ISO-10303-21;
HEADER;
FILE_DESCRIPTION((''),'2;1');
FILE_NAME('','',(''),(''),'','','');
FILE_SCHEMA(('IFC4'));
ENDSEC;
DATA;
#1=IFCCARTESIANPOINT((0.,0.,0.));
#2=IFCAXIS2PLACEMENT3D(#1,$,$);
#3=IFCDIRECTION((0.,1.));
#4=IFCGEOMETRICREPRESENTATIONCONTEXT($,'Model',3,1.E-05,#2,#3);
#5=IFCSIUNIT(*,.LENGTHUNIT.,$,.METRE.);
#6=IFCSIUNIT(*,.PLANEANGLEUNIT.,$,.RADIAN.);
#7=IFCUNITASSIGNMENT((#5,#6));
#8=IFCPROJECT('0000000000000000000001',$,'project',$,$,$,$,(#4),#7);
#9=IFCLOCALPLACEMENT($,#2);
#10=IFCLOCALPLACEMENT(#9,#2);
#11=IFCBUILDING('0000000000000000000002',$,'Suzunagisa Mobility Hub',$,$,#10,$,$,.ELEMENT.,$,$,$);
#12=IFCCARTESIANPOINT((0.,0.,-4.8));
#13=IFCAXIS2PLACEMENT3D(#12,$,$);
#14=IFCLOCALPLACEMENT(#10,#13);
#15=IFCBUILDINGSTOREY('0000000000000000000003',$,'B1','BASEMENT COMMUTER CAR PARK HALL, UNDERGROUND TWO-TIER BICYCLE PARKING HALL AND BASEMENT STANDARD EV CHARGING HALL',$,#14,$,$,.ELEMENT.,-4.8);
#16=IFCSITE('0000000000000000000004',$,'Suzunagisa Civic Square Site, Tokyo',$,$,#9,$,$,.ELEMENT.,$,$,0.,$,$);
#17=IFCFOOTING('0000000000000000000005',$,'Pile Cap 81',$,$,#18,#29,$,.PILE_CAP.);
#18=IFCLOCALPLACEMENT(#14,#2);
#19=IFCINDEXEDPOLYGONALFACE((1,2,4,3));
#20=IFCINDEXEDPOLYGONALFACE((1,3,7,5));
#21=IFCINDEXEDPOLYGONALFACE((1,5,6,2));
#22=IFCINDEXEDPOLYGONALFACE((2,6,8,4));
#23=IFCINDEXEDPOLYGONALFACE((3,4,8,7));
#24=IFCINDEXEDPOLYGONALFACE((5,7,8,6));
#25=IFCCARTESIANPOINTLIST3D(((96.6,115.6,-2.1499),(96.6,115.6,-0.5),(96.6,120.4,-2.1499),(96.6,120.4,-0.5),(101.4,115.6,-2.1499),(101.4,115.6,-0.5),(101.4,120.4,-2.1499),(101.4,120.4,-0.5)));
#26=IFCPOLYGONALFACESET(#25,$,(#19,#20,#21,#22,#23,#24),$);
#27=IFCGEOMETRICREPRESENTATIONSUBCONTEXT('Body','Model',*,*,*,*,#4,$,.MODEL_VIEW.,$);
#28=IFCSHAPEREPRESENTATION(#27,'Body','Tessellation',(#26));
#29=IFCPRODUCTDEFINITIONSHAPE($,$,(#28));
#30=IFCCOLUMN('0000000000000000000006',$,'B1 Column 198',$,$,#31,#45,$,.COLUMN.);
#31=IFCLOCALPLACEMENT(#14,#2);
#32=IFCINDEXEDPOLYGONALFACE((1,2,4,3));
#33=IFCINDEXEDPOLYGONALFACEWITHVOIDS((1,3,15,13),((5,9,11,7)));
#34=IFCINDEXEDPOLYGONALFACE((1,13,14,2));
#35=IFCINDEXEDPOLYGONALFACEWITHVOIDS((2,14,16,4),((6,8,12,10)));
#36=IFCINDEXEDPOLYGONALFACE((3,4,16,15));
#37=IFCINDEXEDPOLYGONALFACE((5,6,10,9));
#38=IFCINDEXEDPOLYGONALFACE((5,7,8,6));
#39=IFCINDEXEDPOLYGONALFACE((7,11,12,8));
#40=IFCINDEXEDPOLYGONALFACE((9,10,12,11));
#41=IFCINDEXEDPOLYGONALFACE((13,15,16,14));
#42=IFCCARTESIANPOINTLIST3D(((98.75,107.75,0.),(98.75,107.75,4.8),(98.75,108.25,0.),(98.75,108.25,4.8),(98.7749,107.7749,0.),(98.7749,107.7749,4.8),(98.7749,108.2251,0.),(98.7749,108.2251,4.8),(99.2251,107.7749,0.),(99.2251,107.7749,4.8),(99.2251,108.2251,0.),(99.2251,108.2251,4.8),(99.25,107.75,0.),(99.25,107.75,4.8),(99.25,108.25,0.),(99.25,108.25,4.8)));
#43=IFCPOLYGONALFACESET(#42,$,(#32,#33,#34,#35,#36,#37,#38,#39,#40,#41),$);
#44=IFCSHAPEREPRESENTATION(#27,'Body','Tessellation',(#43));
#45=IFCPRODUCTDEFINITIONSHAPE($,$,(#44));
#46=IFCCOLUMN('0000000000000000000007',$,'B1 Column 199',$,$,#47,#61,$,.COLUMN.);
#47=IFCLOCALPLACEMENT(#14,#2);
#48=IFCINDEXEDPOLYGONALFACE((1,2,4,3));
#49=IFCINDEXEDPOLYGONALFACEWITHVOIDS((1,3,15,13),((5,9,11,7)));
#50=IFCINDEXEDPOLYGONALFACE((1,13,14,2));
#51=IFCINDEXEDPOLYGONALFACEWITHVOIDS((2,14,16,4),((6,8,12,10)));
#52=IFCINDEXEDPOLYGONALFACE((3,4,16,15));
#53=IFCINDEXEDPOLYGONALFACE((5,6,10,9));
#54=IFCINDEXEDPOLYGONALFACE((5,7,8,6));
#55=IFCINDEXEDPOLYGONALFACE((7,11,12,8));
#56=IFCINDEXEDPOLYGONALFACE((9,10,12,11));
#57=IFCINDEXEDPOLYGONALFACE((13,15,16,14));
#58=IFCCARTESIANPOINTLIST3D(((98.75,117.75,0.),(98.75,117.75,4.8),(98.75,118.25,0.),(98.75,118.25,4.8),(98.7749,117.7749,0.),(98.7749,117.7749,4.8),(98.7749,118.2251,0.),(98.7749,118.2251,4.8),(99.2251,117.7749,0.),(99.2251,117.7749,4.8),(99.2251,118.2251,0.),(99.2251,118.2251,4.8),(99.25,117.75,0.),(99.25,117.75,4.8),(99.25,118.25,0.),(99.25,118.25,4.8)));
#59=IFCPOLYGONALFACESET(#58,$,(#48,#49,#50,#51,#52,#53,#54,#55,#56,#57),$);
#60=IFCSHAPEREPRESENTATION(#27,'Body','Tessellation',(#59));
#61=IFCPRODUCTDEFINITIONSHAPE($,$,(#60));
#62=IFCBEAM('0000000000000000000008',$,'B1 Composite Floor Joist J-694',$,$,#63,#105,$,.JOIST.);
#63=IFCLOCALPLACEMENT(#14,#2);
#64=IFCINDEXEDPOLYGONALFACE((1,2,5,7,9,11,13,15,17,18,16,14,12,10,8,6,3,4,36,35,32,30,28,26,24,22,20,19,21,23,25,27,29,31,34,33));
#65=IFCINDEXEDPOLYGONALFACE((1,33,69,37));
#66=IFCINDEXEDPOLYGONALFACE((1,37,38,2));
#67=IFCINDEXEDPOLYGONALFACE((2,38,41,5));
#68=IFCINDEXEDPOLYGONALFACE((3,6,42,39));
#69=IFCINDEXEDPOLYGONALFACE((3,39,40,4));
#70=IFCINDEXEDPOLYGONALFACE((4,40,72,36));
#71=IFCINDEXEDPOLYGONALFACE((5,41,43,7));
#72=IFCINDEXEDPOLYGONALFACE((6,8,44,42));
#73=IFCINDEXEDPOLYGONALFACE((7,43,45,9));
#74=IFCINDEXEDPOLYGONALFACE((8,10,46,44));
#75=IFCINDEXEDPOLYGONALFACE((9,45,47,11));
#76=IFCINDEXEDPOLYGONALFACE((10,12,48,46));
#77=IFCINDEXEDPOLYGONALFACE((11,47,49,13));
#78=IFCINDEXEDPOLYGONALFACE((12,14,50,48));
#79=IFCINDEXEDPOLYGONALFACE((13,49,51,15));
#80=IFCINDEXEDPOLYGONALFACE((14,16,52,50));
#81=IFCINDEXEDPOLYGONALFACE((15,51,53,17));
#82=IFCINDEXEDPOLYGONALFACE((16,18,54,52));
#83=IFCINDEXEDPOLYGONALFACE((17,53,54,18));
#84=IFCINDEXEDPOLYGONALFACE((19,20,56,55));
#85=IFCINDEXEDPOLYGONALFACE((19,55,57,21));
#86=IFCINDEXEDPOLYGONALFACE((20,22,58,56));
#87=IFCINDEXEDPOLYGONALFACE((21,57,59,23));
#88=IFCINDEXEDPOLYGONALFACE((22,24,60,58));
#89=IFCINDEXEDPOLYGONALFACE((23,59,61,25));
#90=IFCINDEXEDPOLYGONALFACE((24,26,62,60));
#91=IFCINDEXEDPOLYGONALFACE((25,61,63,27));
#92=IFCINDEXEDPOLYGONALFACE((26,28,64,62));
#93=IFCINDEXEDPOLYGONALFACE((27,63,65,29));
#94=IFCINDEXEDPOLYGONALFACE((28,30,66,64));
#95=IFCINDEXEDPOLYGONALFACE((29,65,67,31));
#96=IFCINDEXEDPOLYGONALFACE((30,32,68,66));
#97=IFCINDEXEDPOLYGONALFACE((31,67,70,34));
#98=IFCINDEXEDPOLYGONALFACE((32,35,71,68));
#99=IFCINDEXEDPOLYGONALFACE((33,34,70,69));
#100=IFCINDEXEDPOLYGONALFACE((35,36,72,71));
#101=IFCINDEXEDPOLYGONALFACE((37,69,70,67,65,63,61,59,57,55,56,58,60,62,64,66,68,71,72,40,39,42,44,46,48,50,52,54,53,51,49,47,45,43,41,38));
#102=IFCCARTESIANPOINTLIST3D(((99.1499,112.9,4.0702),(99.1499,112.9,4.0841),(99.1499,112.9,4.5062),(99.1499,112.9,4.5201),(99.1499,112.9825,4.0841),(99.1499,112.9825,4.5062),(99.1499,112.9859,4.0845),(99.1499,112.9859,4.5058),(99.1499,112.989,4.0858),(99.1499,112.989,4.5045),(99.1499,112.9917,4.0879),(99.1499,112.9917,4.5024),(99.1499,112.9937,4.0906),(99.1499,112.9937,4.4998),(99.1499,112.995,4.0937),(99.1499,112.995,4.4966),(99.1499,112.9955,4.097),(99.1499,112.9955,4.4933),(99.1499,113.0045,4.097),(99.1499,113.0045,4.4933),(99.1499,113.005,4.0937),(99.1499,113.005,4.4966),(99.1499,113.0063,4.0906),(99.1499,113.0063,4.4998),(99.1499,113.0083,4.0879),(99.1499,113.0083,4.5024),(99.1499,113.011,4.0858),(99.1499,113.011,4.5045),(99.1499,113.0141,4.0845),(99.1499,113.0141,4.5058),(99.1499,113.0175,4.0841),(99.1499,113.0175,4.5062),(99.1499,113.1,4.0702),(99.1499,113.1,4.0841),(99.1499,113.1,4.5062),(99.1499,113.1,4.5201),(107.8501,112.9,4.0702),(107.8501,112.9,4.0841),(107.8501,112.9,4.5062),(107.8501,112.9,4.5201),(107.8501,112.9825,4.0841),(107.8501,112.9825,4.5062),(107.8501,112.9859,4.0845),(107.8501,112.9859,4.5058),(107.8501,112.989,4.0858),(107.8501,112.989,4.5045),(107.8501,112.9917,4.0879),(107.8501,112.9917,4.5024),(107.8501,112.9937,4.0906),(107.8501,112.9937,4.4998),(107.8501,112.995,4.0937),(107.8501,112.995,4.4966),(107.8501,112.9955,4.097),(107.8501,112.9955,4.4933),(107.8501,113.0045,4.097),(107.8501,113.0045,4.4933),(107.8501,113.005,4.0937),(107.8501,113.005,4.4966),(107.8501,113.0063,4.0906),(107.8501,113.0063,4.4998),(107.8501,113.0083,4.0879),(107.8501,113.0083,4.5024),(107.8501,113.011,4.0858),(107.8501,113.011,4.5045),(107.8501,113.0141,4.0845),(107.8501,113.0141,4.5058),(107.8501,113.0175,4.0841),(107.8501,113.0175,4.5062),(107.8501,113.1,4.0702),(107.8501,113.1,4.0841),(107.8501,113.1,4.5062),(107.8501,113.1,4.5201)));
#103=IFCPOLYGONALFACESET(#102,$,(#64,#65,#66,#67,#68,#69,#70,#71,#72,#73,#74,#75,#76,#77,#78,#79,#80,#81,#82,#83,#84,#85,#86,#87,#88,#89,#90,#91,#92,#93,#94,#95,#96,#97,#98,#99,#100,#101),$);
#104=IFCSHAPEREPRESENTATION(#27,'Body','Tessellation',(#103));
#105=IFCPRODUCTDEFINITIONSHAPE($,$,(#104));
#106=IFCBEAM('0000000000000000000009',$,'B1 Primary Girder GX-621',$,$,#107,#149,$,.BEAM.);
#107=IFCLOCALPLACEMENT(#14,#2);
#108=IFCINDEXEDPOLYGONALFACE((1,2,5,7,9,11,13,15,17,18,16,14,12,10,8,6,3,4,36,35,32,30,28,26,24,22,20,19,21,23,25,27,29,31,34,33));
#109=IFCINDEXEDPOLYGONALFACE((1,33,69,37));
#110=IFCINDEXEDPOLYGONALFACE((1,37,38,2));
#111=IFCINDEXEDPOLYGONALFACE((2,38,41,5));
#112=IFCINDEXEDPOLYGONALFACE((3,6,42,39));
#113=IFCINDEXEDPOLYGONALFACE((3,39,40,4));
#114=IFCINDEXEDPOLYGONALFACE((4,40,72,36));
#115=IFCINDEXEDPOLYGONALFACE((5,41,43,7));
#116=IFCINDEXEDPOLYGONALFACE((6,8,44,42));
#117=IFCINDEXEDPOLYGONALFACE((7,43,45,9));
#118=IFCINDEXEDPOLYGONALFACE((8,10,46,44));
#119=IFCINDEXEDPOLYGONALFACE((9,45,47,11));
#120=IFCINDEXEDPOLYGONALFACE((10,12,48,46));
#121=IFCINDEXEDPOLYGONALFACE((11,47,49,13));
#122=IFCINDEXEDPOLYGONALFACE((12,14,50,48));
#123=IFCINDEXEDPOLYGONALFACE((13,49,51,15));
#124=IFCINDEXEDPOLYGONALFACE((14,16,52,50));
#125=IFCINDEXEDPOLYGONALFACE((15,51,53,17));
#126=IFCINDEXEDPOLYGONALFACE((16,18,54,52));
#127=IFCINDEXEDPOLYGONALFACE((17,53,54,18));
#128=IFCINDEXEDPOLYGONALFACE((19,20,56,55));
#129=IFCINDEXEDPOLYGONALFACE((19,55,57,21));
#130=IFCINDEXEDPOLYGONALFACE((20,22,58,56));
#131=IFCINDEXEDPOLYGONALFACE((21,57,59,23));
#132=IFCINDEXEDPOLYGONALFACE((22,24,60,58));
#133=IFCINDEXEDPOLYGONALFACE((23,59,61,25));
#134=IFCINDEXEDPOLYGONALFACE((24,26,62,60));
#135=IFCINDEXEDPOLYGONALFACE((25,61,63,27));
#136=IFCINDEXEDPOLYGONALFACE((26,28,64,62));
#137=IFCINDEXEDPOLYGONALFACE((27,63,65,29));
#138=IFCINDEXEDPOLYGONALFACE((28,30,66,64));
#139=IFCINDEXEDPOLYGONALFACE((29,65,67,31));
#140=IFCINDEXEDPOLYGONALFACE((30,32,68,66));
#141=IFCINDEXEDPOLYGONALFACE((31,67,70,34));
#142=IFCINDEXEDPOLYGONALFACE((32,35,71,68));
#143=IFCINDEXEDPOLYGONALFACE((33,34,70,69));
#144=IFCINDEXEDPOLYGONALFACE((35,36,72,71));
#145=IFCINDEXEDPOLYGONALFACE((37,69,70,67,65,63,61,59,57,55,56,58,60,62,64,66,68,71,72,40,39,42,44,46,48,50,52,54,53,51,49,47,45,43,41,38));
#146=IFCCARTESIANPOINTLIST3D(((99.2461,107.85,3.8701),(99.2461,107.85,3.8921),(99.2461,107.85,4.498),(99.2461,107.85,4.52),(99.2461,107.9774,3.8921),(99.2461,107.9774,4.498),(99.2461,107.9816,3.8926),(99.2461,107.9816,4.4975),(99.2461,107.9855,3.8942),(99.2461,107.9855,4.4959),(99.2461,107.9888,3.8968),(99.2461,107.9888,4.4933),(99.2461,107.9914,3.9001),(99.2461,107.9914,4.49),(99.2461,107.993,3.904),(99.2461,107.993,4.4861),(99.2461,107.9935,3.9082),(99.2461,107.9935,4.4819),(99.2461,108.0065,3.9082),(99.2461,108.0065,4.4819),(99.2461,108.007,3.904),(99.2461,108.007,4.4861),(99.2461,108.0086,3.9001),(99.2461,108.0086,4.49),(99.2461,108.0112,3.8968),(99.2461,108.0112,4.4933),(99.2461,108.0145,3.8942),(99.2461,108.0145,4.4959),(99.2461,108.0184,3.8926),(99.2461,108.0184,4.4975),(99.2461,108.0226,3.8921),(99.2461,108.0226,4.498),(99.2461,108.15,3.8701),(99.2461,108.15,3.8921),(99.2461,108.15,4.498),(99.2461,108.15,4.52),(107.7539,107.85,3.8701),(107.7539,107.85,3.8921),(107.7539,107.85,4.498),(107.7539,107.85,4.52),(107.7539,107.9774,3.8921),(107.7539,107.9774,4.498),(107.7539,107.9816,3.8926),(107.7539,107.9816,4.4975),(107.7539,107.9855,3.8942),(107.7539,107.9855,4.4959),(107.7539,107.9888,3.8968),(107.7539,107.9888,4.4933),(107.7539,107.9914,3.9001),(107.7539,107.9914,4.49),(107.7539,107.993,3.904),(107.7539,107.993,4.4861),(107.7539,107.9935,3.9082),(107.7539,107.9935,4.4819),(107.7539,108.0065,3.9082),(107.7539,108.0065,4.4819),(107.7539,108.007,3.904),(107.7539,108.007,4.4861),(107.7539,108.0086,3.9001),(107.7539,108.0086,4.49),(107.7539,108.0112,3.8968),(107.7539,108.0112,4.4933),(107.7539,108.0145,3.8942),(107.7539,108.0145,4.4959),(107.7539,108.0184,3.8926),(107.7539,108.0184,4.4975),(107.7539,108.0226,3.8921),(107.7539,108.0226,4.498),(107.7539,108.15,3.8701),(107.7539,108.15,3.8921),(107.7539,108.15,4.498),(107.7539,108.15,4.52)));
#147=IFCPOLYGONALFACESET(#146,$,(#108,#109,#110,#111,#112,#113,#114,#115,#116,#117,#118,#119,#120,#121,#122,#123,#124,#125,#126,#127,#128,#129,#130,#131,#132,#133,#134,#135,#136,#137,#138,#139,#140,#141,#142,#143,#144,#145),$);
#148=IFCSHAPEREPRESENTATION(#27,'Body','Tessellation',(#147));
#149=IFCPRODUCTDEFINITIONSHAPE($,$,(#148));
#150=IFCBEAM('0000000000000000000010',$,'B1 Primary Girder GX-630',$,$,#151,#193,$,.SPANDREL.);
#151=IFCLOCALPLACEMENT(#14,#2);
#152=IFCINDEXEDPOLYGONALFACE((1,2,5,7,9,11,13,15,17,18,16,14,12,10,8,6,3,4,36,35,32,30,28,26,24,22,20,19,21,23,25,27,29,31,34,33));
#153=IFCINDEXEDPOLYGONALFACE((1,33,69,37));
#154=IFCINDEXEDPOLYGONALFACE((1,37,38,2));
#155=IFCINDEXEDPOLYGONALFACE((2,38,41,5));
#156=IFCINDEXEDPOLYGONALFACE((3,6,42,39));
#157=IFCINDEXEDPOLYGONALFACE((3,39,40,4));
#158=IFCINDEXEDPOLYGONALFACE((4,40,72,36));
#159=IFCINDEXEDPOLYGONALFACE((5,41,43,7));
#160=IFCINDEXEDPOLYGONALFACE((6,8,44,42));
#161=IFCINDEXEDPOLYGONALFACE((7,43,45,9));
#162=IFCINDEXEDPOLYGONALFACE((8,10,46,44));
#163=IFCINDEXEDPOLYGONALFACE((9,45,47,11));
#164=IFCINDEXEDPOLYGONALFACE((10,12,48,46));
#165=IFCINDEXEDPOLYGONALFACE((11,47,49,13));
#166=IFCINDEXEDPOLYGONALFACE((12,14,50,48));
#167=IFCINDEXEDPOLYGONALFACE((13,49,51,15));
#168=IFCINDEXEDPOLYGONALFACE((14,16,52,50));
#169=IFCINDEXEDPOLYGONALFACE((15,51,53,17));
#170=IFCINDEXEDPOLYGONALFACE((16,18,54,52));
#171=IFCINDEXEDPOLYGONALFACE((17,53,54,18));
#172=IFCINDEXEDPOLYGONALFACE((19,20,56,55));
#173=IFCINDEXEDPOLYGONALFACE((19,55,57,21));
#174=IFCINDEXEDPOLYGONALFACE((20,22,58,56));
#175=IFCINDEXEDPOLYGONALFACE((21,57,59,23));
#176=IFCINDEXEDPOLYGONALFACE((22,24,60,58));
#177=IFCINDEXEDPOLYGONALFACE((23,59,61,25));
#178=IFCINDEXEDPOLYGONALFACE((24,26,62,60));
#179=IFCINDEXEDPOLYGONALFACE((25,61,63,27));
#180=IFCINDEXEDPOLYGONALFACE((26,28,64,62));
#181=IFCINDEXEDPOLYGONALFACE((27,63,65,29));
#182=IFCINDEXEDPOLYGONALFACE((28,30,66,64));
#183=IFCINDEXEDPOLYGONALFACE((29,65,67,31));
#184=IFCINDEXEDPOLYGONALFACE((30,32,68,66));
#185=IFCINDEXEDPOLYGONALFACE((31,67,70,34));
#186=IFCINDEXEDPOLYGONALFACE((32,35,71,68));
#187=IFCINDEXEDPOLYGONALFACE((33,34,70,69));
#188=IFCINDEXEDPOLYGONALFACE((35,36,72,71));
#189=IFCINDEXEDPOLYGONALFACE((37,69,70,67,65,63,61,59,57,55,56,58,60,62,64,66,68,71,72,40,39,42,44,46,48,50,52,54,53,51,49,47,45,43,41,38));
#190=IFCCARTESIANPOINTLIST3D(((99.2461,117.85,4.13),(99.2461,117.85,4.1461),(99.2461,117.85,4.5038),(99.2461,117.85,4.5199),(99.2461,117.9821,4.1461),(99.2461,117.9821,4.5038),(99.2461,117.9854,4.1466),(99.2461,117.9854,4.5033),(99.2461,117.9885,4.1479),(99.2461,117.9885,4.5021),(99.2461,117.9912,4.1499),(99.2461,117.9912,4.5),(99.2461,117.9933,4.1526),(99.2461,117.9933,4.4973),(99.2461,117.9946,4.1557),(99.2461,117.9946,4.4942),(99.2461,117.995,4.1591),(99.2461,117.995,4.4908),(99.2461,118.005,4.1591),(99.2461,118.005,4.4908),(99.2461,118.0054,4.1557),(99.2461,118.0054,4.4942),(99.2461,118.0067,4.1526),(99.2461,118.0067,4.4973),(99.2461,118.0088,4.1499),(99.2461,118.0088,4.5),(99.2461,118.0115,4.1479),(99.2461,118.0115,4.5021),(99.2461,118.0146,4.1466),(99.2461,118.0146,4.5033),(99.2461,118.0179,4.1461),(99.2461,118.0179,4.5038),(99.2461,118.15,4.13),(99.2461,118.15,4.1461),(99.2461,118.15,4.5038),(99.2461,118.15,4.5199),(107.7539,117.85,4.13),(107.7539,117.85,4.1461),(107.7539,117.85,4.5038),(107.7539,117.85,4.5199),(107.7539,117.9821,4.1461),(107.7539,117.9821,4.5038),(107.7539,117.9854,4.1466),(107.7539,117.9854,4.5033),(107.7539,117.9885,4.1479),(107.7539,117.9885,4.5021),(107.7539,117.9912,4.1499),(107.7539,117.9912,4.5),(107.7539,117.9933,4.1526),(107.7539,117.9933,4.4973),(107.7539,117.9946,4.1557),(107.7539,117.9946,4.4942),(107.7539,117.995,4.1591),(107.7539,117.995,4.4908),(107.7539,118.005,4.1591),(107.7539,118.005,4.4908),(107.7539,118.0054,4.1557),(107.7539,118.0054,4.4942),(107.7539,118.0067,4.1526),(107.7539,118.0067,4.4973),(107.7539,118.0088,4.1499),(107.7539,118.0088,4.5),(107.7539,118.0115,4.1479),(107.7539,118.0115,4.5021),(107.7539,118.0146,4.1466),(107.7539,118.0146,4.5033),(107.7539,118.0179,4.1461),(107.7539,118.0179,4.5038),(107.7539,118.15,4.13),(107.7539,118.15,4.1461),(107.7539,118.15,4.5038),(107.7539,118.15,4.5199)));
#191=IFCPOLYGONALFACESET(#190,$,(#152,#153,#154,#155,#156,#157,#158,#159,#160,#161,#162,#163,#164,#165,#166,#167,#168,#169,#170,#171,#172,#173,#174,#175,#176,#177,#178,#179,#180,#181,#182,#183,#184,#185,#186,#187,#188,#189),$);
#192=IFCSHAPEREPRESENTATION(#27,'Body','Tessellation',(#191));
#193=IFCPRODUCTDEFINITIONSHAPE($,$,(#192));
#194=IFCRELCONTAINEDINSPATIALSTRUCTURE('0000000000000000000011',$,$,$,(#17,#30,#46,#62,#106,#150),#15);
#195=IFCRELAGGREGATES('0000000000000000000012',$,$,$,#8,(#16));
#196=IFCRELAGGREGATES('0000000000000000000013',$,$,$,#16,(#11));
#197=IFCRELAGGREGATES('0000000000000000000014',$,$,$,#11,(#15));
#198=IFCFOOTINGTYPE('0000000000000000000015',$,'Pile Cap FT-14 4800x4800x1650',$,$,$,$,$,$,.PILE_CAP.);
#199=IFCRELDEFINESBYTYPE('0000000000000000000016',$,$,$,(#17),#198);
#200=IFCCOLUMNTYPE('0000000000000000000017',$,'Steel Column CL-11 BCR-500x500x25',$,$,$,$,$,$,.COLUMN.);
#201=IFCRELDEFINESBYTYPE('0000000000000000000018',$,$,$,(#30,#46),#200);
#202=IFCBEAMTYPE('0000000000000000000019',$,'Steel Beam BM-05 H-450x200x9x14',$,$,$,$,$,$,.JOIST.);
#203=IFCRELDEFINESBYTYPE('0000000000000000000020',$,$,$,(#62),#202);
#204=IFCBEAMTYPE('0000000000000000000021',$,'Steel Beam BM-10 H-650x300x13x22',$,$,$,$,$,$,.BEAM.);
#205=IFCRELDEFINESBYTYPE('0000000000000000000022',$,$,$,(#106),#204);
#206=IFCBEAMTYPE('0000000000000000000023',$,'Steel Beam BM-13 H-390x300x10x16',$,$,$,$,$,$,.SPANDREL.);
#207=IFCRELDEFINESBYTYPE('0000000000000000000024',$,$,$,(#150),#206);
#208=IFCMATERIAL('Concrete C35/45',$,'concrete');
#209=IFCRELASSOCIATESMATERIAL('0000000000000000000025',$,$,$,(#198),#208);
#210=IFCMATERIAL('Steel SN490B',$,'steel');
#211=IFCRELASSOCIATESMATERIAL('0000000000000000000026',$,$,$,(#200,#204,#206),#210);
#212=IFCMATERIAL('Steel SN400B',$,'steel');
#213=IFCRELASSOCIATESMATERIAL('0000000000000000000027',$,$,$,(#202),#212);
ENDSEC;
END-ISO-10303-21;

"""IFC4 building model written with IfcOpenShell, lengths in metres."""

from ifc_helpers import new_model, si_unit, direction, frame, origin, origin_2d, place, context, subcontext, project, spatial, rectangle, hollow_rectangle, i_section, extrude, material, material_profile, profile_set, type_object, element, save


model = new_model("IFC4")

# Units and contexts
model_context = context("Model", 3, precision=1e-05, world=origin(), true_north=direction((0.0, 1.0)))
body_context = subcontext(model_context, "Body", "Model", "MODEL_VIEW")
ifc_project = project(units=[si_unit("LENGTHUNIT", "METRE"), si_unit("PLANEANGLEUNIT", "RADIAN")], contexts=[model_context])

# Site, building, storey
site_placement = place(None, origin())
site = spatial("IfcSite", under=ifc_project, at=site_placement, Name="Suzunagisa Civic Square Site, Tokyo", CompositionType="ELEMENT", RefElevation=0.0)
building_placement = place(site_placement, origin())
building = spatial("IfcBuilding", under=site, at=building_placement, Name="Suzunagisa Mobility Hub", CompositionType="ELEMENT")
storey_placement = place(building_placement, frame((0.0, 0.0, -4.8)))
storey = spatial("IfcBuildingStorey", under=building, at=storey_placement, Name="B1", Description="BASEMENT COMMUTER CAR PARK HALL, UNDERGROUND TWO-TIER BICYCLE PARKING HALL AND BASEMENT STANDARD EV CHARGING HALL", CompositionType="ELEMENT", Elevation=-4.8)

# Footing
ifc_material_1 = material(Name="Concrete C35/45", Category="concrete")
footing_type = type_object("IfcFootingType", Name="Pile Cap FT-14 4800x4800x1650", PredefinedType="PILE_CAP", material=ifc_material_1)
footing_placement = place(storey_placement, frame((99.0, 118.0, -2.1499), z_axis=(0.0, 0.0, 1.0), x_axis=(1.0, 0.0, 0.0)))
element("IfcFooting", 1, at=footing_placement, inside=storey, type_object=footing_type, Name="Pile Cap 81", PredefinedType="PILE_CAP", context=body_context, shape_type="SweptSolid", body=[
    extrude(rectangle(XDim=4.8, YDim=4.8, at=origin_2d()), origin(), (0.0, 0.0, 1.0), 1.6499),
])

# Columns
ifc_material_2 = material(Name="Steel SN490B", Category="steel")
ifc_material_profile_1 = material_profile(ifc_material_2, hollow_rectangle(XDim=0.5, YDim=0.5, WallThickness=0.0249, at=origin_2d()), Name="BCR-500x500x25")
ifc_profile_set_1 = profile_set([ifc_material_profile_1], Name="Steel SN490B")
column_type = type_object("IfcColumnType", Name="Steel Column CL-11 BCR-500x500x25", PredefinedType="COLUMN", material=ifc_profile_set_1)
for number, where, z_axis, x_axis, name in (
    (2, (99.0, 108.0, 0.0), (0.0, 0.0, 1.0), (1.0, 0.0, 0.0), "B1 Column 198"),
    (3, (99.0, 118.0, 0.0), (0.0, 0.0, 1.0), (1.0, 0.0, 0.0), "B1 Column 199"),
):
    element("IfcColumn", number, at=place(storey_placement, frame(where, z_axis=z_axis, x_axis=x_axis)), inside=storey, type_object=column_type, Name=name, PredefinedType="COLUMN", context=body_context, shape_type="SweptSolid", body=[
        extrude(hollow_rectangle(XDim=0.5, YDim=0.5, WallThickness=0.0249, at=origin_2d()), origin(), (0.0, 0.0, 1.0), 4.8),
    ])

# Beams
ifc_material_3 = material(Name="Steel SN400B", Category="steel")
ifc_material_profile_2 = material_profile(ifc_material_3, i_section(OverallWidth=0.2, OverallDepth=0.45, WebThickness=0.009, FlangeThickness=0.0139, FilletRadius=0.0129, at=origin_2d()), Name="H-450x200x9x14")
ifc_profile_set_2 = profile_set([ifc_material_profile_2], Name="Steel SN400B")
beam_type_1 = type_object("IfcBeamType", Name="Steel Beam BM-05 H-450x200x9x14", PredefinedType="JOIST", material=ifc_profile_set_2)
beam_1_placement = place(storey_placement, frame((99.1499, 113.0, 4.2952), z_axis=(1.0, 0.0, 0.0), x_axis=(0.0, 1.0, 0.0)))
element("IfcBeam", 4, at=beam_1_placement, inside=storey, type_object=beam_type_1, Name="B1 Composite Floor Joist J-694", PredefinedType="JOIST", context=body_context, shape_type="SweptSolid", body=[
    extrude(i_section(OverallWidth=0.2, OverallDepth=0.45, WebThickness=0.009, FlangeThickness=0.0139, FilletRadius=0.0129, at=origin_2d()), origin(), (0.0, 0.0, 1.0), 8.7002),
])
ifc_material_profile_3 = material_profile(ifc_material_2, i_section(OverallWidth=0.3, OverallDepth=0.6499, WebThickness=0.0129, FlangeThickness=0.022, FilletRadius=0.0161, at=origin_2d()), Name="H-650x300x13x22")
ifc_profile_set_3 = profile_set([ifc_material_profile_3], Name="Steel SN490B")
beam_type_2 = type_object("IfcBeamType", Name="Steel Beam BM-10 H-650x300x13x22", PredefinedType="BEAM", material=ifc_profile_set_3)
beam_2_placement = place(storey_placement, frame((99.2461, 108.0, 4.1951), z_axis=(1.0, 0.0, 0.0), x_axis=(0.0, 1.0, 0.0)))
element("IfcBeam", 5, at=beam_2_placement, inside=storey, type_object=beam_type_2, Name="B1 Primary Girder GX-621", PredefinedType="BEAM", context=body_context, shape_type="SweptSolid", body=[
    extrude(i_section(OverallWidth=0.3, OverallDepth=0.6499, WebThickness=0.0129, FlangeThickness=0.022, FilletRadius=0.0161, at=origin_2d()), origin(), (0.0, 0.0, 1.0), 8.5078),
])
ifc_material_profile_4 = material_profile(ifc_material_2, i_section(OverallWidth=0.3, OverallDepth=0.3899, WebThickness=0.01, FlangeThickness=0.0161, FilletRadius=0.0129, at=origin_2d()), Name="H-390x300x10x16")
ifc_profile_set_4 = profile_set([ifc_material_profile_4], Name="Steel SN490B")
beam_type_3 = type_object("IfcBeamType", Name="Steel Beam BM-13 H-390x300x10x16", PredefinedType="SPANDREL", material=ifc_profile_set_4)
beam_3_placement = place(storey_placement, frame((99.2461, 118.0, 4.325), z_axis=(1.0, 0.0, 0.0), x_axis=(0.0, 1.0, 0.0)))
element("IfcBeam", 6, at=beam_3_placement, inside=storey, type_object=beam_type_3, Name="B1 Primary Girder GX-630", PredefinedType="SPANDREL", context=body_context, shape_type="SweptSolid", body=[
    extrude(i_section(OverallWidth=0.3, OverallDepth=0.3899, WebThickness=0.01, FlangeThickness=0.0161, FilletRadius=0.0129, at=origin_2d()), origin(), (0.0, 0.0, 1.0), 8.5078),
])

save(model, "model.ifc")
